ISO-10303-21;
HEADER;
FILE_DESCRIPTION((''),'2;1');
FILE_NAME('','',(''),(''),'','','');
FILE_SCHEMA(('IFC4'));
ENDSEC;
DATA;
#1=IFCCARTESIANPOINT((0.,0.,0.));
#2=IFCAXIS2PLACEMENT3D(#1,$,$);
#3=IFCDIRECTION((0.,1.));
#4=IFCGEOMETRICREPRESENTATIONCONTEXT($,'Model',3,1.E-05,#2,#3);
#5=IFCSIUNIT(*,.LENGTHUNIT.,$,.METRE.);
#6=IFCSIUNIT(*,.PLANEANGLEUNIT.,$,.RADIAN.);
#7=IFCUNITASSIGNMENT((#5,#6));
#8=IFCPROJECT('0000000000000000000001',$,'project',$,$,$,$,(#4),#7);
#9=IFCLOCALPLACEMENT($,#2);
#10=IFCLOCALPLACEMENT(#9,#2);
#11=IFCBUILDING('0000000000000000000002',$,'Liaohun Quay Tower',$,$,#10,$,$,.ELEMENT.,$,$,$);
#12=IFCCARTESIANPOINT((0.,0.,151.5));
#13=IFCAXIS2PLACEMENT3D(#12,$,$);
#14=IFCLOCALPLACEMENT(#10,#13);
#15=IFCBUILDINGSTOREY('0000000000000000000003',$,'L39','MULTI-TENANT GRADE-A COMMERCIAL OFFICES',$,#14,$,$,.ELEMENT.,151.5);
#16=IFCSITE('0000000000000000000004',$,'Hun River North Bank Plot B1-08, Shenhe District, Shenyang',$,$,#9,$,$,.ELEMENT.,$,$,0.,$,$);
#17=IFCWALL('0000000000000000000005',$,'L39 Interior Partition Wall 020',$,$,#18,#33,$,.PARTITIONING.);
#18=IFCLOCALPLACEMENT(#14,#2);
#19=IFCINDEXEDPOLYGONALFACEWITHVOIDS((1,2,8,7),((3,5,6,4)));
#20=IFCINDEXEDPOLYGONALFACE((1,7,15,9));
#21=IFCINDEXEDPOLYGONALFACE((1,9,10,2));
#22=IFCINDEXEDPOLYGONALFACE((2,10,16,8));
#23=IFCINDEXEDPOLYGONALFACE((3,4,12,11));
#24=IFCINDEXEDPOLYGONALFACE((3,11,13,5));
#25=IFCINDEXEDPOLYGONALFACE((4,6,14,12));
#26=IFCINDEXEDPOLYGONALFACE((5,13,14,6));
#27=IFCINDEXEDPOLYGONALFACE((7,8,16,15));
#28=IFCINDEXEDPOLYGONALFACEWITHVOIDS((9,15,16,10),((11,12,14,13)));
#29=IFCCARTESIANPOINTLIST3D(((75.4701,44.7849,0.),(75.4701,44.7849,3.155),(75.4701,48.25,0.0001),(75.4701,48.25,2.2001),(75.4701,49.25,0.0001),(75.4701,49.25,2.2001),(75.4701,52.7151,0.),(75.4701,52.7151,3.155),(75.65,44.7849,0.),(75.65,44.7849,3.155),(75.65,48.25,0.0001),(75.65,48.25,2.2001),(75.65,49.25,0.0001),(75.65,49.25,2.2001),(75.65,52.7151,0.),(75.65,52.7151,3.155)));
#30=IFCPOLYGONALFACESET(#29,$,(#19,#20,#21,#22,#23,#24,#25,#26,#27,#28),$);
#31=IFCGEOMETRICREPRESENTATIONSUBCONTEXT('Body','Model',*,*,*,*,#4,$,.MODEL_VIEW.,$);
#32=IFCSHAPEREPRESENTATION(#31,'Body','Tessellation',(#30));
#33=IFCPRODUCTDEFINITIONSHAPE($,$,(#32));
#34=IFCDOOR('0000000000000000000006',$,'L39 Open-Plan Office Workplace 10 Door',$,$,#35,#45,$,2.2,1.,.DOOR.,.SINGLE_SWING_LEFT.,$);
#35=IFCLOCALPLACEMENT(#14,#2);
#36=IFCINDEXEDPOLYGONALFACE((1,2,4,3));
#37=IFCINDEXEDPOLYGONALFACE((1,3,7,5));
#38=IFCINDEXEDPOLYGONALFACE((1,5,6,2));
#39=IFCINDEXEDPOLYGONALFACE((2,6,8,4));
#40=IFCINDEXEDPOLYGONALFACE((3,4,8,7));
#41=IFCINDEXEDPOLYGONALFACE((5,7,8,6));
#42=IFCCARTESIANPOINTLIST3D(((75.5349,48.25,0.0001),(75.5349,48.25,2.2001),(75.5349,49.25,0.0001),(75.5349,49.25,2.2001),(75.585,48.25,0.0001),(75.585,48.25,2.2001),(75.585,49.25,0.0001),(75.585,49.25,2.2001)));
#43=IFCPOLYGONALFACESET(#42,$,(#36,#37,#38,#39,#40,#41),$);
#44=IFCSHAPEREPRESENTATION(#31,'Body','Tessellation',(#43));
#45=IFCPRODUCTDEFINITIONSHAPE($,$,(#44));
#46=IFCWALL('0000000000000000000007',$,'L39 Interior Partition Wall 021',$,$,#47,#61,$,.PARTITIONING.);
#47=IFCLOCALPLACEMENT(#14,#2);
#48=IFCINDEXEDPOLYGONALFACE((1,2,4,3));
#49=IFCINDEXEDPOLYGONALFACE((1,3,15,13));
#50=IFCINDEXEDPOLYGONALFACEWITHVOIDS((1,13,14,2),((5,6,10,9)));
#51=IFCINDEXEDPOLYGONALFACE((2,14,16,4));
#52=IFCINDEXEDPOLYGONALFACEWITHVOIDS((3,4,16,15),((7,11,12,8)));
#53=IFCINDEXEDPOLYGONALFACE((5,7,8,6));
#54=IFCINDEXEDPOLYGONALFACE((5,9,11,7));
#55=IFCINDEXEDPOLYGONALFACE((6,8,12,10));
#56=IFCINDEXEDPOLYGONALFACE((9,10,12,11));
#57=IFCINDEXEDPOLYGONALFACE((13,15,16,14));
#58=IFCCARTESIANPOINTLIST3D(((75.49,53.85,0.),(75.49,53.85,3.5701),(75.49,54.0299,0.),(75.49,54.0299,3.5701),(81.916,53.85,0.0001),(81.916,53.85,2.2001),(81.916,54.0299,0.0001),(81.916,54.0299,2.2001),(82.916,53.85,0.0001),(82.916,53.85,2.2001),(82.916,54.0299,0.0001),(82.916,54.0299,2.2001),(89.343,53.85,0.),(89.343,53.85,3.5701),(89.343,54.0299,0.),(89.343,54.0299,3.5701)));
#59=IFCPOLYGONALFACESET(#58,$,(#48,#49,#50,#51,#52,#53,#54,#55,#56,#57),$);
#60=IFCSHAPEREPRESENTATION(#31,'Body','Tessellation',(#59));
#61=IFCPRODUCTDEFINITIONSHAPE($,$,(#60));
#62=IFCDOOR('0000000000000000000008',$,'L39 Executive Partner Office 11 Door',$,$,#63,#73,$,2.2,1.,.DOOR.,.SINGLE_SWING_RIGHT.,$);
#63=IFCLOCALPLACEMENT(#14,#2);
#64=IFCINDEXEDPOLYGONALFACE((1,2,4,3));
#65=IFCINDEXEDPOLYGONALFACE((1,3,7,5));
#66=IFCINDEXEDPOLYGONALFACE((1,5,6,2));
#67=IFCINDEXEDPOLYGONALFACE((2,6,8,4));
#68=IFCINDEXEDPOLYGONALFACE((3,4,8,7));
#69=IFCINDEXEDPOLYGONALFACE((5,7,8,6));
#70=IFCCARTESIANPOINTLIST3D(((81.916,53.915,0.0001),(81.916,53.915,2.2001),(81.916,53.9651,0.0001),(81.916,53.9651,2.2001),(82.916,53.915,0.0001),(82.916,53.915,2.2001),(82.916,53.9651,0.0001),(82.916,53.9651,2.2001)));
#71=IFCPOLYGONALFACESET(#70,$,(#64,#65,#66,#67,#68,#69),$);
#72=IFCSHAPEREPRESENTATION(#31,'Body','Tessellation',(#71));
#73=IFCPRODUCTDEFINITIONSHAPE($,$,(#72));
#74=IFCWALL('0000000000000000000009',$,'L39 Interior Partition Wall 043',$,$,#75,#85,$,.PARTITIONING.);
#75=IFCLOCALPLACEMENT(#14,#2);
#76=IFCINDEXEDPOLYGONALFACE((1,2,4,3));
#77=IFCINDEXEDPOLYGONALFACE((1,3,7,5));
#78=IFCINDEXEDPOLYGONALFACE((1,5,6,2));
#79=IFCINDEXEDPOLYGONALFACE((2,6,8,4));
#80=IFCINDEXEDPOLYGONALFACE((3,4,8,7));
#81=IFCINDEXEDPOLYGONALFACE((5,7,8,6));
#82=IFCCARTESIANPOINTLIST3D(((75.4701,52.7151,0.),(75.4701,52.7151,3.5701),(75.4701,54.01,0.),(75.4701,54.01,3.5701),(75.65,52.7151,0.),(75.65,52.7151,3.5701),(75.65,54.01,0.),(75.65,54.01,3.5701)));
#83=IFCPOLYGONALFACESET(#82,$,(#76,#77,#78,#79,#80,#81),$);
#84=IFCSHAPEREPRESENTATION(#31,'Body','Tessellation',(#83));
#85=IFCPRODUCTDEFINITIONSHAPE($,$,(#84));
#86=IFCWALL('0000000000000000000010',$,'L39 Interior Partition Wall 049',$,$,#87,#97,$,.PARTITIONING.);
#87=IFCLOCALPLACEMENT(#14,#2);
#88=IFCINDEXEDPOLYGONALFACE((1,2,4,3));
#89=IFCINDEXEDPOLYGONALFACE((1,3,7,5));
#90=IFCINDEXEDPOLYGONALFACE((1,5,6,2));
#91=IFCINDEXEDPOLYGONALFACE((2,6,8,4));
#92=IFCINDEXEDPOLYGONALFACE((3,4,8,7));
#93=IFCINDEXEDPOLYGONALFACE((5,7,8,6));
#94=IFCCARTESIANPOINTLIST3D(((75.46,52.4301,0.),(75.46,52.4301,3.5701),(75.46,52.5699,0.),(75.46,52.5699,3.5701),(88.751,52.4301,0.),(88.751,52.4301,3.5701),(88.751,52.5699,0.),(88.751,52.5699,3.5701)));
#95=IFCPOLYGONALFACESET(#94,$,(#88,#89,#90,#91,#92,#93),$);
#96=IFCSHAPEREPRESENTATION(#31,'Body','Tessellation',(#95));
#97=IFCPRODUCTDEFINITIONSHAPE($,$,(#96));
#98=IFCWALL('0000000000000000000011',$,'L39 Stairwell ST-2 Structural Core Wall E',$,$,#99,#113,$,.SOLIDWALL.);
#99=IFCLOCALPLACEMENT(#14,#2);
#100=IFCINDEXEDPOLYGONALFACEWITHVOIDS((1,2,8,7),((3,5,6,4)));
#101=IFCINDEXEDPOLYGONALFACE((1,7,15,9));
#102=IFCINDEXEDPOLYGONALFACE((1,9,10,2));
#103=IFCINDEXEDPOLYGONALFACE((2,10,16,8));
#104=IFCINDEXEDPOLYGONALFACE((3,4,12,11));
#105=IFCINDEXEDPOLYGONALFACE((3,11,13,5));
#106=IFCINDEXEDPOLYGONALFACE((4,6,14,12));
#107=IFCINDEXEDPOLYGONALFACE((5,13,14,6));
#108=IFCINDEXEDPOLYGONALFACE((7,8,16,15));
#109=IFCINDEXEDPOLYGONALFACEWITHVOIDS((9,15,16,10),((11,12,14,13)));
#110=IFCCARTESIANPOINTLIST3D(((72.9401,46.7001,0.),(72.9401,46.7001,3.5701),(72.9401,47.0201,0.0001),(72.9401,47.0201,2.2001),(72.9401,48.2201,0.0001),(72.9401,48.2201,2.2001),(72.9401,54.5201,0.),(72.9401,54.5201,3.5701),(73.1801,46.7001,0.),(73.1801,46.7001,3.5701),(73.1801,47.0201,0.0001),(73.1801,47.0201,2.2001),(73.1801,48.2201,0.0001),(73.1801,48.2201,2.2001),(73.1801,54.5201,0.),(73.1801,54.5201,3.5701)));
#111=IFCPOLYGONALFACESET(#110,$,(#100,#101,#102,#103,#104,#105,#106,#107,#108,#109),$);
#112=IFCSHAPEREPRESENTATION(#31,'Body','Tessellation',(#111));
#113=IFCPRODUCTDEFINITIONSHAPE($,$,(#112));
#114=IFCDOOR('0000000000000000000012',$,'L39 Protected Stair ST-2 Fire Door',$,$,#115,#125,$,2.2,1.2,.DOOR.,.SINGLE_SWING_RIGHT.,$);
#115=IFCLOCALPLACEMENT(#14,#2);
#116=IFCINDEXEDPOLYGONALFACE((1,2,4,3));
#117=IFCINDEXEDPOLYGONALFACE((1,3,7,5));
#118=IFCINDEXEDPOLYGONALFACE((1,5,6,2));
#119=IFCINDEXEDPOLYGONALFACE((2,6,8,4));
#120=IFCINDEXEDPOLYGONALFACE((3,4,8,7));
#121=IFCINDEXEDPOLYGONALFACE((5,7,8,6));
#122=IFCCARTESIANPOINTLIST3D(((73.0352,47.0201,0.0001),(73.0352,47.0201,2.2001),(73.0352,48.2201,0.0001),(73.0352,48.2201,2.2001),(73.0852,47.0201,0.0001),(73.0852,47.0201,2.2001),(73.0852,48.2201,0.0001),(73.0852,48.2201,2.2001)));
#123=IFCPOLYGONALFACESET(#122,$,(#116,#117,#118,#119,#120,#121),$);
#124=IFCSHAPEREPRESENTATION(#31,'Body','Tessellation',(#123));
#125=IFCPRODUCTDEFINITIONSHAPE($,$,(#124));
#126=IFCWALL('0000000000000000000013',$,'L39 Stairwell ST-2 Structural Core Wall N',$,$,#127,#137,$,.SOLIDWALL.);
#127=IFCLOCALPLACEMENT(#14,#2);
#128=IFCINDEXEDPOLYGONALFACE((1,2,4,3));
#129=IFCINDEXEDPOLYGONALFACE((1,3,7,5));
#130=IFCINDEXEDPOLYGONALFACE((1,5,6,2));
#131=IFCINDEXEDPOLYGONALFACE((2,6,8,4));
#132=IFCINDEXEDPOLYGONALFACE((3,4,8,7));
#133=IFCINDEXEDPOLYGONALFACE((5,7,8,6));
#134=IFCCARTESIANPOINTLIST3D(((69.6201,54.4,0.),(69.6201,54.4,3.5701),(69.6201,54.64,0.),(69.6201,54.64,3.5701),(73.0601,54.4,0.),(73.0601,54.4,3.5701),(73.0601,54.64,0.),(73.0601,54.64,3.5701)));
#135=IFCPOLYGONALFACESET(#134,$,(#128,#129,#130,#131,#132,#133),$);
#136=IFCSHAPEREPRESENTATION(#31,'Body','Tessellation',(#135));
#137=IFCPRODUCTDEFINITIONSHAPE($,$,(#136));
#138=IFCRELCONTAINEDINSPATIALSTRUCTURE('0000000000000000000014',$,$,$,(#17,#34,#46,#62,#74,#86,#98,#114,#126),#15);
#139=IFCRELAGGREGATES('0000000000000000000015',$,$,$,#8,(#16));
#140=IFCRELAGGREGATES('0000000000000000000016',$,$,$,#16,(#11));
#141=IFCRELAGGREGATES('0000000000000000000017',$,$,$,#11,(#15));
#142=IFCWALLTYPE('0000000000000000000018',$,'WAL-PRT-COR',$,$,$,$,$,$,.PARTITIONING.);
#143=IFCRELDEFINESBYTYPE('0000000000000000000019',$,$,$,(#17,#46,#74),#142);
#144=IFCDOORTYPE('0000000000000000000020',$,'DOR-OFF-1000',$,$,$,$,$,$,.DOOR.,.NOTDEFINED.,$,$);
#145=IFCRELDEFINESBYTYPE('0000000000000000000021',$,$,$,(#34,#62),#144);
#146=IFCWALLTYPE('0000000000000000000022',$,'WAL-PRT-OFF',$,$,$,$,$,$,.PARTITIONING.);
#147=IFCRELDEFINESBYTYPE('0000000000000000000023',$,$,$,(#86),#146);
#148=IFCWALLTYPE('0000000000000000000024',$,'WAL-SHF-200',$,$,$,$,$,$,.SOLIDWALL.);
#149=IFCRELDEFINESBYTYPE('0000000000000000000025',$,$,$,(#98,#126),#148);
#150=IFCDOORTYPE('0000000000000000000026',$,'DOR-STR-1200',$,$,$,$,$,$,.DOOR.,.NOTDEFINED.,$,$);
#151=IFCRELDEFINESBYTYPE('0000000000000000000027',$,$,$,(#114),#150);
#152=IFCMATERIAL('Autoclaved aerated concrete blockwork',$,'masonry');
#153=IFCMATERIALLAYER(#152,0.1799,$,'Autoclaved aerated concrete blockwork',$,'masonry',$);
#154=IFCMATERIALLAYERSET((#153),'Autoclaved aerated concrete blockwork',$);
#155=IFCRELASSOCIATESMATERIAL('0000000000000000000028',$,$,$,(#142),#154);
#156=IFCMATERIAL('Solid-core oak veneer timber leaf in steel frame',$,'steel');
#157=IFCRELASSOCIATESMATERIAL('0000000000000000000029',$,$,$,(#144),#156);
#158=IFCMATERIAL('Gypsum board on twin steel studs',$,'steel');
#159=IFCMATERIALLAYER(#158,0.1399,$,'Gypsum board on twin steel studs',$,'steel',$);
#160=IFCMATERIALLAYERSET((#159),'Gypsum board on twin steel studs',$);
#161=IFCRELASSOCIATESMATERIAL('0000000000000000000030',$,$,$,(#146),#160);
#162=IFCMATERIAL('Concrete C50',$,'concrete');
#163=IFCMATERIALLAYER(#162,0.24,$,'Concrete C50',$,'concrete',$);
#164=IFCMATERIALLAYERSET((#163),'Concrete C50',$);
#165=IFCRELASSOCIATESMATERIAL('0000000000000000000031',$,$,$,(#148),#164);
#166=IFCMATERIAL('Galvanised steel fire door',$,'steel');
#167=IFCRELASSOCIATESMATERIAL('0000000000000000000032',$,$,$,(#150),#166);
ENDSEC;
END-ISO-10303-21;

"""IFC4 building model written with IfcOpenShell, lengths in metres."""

from ifc_helpers import new_model, si_unit, direction, frame, frame_2d, origin, place, context, subcontext, project, spatial, rectangle, extrude, source, transform, mapped, material, layer, layer_set, type_object, element, fill, save


model = new_model("IFC4")

# Units and contexts
model_context = context("Model", 3, precision=1e-05, world=origin(), true_north=direction((0.0, 1.0)))
body_context = subcontext(model_context, "Body", "Model", "MODEL_VIEW")
ifc_project = project(units=[si_unit("LENGTHUNIT", "METRE"), si_unit("PLANEANGLEUNIT", "RADIAN")], contexts=[model_context])

# Site, building, storey
site_placement = place(None, origin())
site = spatial("IfcSite", under=ifc_project, at=site_placement, Name="Hun River North Bank Plot B1-08, Shenhe District, Shenyang", CompositionType="ELEMENT", RefElevation=0.0)
building_placement = place(site_placement, origin())
building = spatial("IfcBuilding", under=site, at=building_placement, Name="Liaohun Quay Tower", CompositionType="ELEMENT")
storey_placement = place(building_placement, frame((0.0, 0.0, 151.5)))
storey = spatial("IfcBuildingStorey", under=building, at=storey_placement, Name="L39", Description="MULTI-TENANT GRADE-A COMMERCIAL OFFICES", CompositionType="ELEMENT", Elevation=151.5)

# Walls, openings, doors
ifc_material_1 = material(Name="Autoclaved aerated concrete blockwork", Category="masonry")
ifc_layer_1 = layer(ifc_material_1, 0.1799, Name="Autoclaved aerated concrete blockwork", Category="masonry")
ifc_layer_set_1 = layer_set([ifc_layer_1], Name="Autoclaved aerated concrete blockwork")
wall_type_1 = type_object("IfcWallType", Name="WAL-PRT-COR", PredefinedType="PARTITIONING", material=ifc_layer_set_1)
wall_1_placement = place(storey_placement, frame((75.5601, 52.7151, 0.0), z_axis=(0.0, 0.0, 1.0), x_axis=(0.0, -1.0, 0.0)))
wall_1 = element("IfcWall", 1, at=wall_1_placement, inside=storey, type_object=wall_type_1, Name="L39 Interior Partition Wall 020", PredefinedType="PARTITIONING", context=body_context, shape_type="SweptSolid", body=[
    extrude(rectangle(XDim=7.9302, YDim=0.1799, at=frame_2d((3.9651, 0.0))), origin(), (0.0, 0.0, 1.0), 3.155),
])
shared_shape_1 = source(origin(), body_context, "Body", "SweptSolid", [
    extrude(rectangle(XDim=1.0, YDim=2.2, at=frame_2d((0.5, 1.1001))), frame((0.0, 0.0999, 0.0), z_axis=(0.0, -1.0, 0.0), x_axis=(1.0, 0.0, 0.0)), (0.0, 0.0, 1.0), 0.2),
])
opening_1_placement = place(wall_1_placement, frame((3.4651, 0.0, 0.0)))
opening_1 = element("IfcOpeningElement", 2, at=opening_1_placement, cuts=wall_1, PredefinedType="OPENING", context=body_context, shape_type="MappedRepresentation", body=[
    mapped(shared_shape_1, transform((0.0, 0.0, 0.0), x_axis=(1.0, 0.0, 0.0), y_axis=(0.0, 1.0, 0.0), z_axis=(0.0, 0.0, 1.0), scale=1.0)),
])
ifc_material_2 = material(Name="Solid-core oak veneer timber leaf in steel frame", Category="steel")
door_type_1 = type_object("IfcDoorType", Name="DOR-OFF-1000", OperationType="NOTDEFINED", PredefinedType="DOOR", material=ifc_material_2)
shared_shape_2 = source(origin(), body_context, "Body", "SweptSolid", [
    extrude(rectangle(XDim=1.0, YDim=2.2, at=frame_2d((0.5, 1.1001))), frame((0.0, 0.0249, 0.0), z_axis=(0.0, -1.0, 0.0), x_axis=(1.0, 0.0, 0.0)), (0.0, 0.0, 1.0), 0.05),
])
door_1_placement = place(opening_1_placement, origin())
door_1 = element("IfcDoor", 3, at=door_1_placement, inside=storey, type_object=door_type_1, Name="L39 Open-Plan Office Workplace 10 Door", OperationType="SINGLE_SWING_LEFT", OverallHeight=2.2, OverallWidth=1.0, PredefinedType="DOOR", context=body_context, shape_type="MappedRepresentation", body=[
    mapped(shared_shape_2, transform((0.0, 0.0, 0.0), x_axis=(1.0, 0.0, 0.0), y_axis=(0.0, 1.0, 0.0), z_axis=(0.0, 0.0, 1.0), scale=1.0)),
])
fill(opening_1, door_1)
wall_2_placement = place(storey_placement, frame((89.343, 53.9399, 0.0), z_axis=(0.0, 0.0, 1.0), x_axis=(-1.0, 0.0, 0.0)))
wall_2 = element("IfcWall", 4, at=wall_2_placement, inside=storey, type_object=wall_type_1, Name="L39 Interior Partition Wall 021", PredefinedType="PARTITIONING", context=body_context, shape_type="SweptSolid", body=[
    extrude(rectangle(XDim=13.853, YDim=0.1799, at=frame_2d((6.9265, 0.0))), origin(), (0.0, 0.0, 1.0), 3.5701),
])
opening_2_placement = place(wall_2_placement, frame((6.427, 0.0, 0.0)))
opening_2 = element("IfcOpeningElement", 5, at=opening_2_placement, cuts=wall_2, PredefinedType="OPENING", context=body_context, shape_type="MappedRepresentation", body=[
    mapped(shared_shape_1, transform((0.0, 0.0, 0.0), x_axis=(1.0, 0.0, 0.0), y_axis=(0.0, 1.0, 0.0), z_axis=(0.0, 0.0, 1.0), scale=1.0)),
])
door_2_placement = place(opening_2_placement, origin())
door_2 = element("IfcDoor", 6, at=door_2_placement, inside=storey, type_object=door_type_1, Name="L39 Executive Partner Office 11 Door", OperationType="SINGLE_SWING_RIGHT", OverallHeight=2.2, OverallWidth=1.0, PredefinedType="DOOR", context=body_context, shape_type="MappedRepresentation", body=[
    mapped(shared_shape_2, transform((0.0, 0.0, 0.0), x_axis=(1.0, 0.0, 0.0), y_axis=(0.0, 1.0, 0.0), z_axis=(0.0, 0.0, 1.0), scale=1.0)),
])
fill(opening_2, door_2)

# Walls
wall_3_placement = place(storey_placement, frame((75.5601, 54.01, 0.0), z_axis=(0.0, 0.0, 1.0), x_axis=(0.0, -1.0, 0.0)))
element("IfcWall", 7, at=wall_3_placement, inside=storey, type_object=wall_type_1, Name="L39 Interior Partition Wall 043", PredefinedType="PARTITIONING", context=body_context, shape_type="SweptSolid", body=[
    extrude(rectangle(XDim=1.2949, YDim=0.1799, at=frame_2d((0.6475, 0.0))), origin(), (0.0, 0.0, 1.0), 3.5701),
])
ifc_material_3 = material(Name="Gypsum board on twin steel studs", Category="steel")
ifc_layer_2 = layer(ifc_material_3, 0.1399, Name="Gypsum board on twin steel studs", Category="steel")
ifc_layer_set_2 = layer_set([ifc_layer_2], Name="Gypsum board on twin steel studs")
wall_type_2 = type_object("IfcWallType", Name="WAL-PRT-OFF", PredefinedType="PARTITIONING", material=ifc_layer_set_2)
wall_4_placement = place(storey_placement, frame((75.46, 52.5, 0.0), z_axis=(0.0, 0.0, 1.0), x_axis=(1.0, 0.0, 0.0)))
element("IfcWall", 8, at=wall_4_placement, inside=storey, type_object=wall_type_2, Name="L39 Interior Partition Wall 049", PredefinedType="PARTITIONING", context=body_context, shape_type="SweptSolid", body=[
    extrude(rectangle(XDim=13.291, YDim=0.1399, at=frame_2d((6.6455, 0.0))), origin(), (0.0, 0.0, 1.0), 3.5701),
])

# Wall, opening, door
ifc_material_4 = material(Name="Concrete C50", Category="concrete")
ifc_layer_3 = layer(ifc_material_4, 0.24, Name="Concrete C50", Category="concrete")
ifc_layer_set_3 = layer_set([ifc_layer_3], Name="Concrete C50")
wall_type_3 = type_object("IfcWallType", Name="WAL-SHF-200", PredefinedType="SOLIDWALL", material=ifc_layer_set_3)
wall_5_placement = place(storey_placement, frame((73.0601, 46.7, 0.0), z_axis=(0.0, 0.0, 1.0), x_axis=(0.0, 1.0, 0.0)))
wall_5 = element("IfcWall", 9, at=wall_5_placement, inside=storey, type_object=wall_type_3, Name="L39 Stairwell ST-2 Structural Core Wall E", PredefinedType="SOLIDWALL", context=body_context, shape_type="SweptSolid", body=[
    extrude(rectangle(XDim=7.8201, YDim=0.24, at=frame_2d((3.9102, 0.0))), origin(), (0.0, 0.0, 1.0), 3.5701),
])
shared_shape_3 = source(origin(), body_context, "Body", "SweptSolid", [
    extrude(rectangle(XDim=1.2, YDim=2.2, at=frame_2d((0.6001, 1.1001))), frame((0.0, 0.1299, 0.0), z_axis=(0.0, -1.0, 0.0), x_axis=(1.0, 0.0, 0.0)), (0.0, 0.0, 1.0), 0.26),
])
opening_3_placement = place(wall_5_placement, frame((0.3201, 0.0, 0.0)))
opening_3 = element("IfcOpeningElement", 10, at=opening_3_placement, cuts=wall_5, PredefinedType="OPENING", context=body_context, shape_type="MappedRepresentation", body=[
    mapped(shared_shape_3, transform((0.0, 0.0, 0.0), x_axis=(1.0, 0.0, 0.0), y_axis=(0.0, 1.0, 0.0), z_axis=(0.0, 0.0, 1.0), scale=1.0)),
])
ifc_material_5 = material(Name="Galvanised steel fire door", Category="steel")
door_type_2 = type_object("IfcDoorType", Name="DOR-STR-1200", OperationType="NOTDEFINED", PredefinedType="DOOR", material=ifc_material_5)
shared_shape_4 = source(origin(), body_context, "Body", "SweptSolid", [
    extrude(rectangle(XDim=1.2, YDim=2.2, at=frame_2d((0.6001, 1.1001))), frame((0.0, 0.0249, 0.0), z_axis=(0.0, -1.0, 0.0), x_axis=(1.0, 0.0, 0.0)), (0.0, 0.0, 1.0), 0.05),
])
door_3_placement = place(opening_3_placement, origin())
door_3 = element("IfcDoor", 11, at=door_3_placement, inside=storey, type_object=door_type_2, Name="L39 Protected Stair ST-2 Fire Door", OperationType="SINGLE_SWING_RIGHT", OverallHeight=2.2, OverallWidth=1.2, PredefinedType="DOOR", context=body_context, shape_type="MappedRepresentation", body=[
    mapped(shared_shape_4, transform((0.0, 0.0, 0.0), x_axis=(1.0, 0.0, 0.0), y_axis=(0.0, 1.0, 0.0), z_axis=(0.0, 0.0, 1.0), scale=1.0)),
])
fill(opening_3, door_3)

# Wall
wall_6_placement = place(storey_placement, frame((73.0601, 54.52, 0.0), z_axis=(0.0, 0.0, 1.0), x_axis=(-1.0, 0.0, 0.0)))
element("IfcWall", 12, at=wall_6_placement, inside=storey, type_object=wall_type_3, Name="L39 Stairwell ST-2 Structural Core Wall N", PredefinedType="SOLIDWALL", context=body_context, shape_type="SweptSolid", body=[
    extrude(rectangle(XDim=3.4399, YDim=0.24, at=frame_2d((1.72, 0.0))), origin(), (0.0, 0.0, 1.0), 3.5701),
])

save(model, "model.ifc")
